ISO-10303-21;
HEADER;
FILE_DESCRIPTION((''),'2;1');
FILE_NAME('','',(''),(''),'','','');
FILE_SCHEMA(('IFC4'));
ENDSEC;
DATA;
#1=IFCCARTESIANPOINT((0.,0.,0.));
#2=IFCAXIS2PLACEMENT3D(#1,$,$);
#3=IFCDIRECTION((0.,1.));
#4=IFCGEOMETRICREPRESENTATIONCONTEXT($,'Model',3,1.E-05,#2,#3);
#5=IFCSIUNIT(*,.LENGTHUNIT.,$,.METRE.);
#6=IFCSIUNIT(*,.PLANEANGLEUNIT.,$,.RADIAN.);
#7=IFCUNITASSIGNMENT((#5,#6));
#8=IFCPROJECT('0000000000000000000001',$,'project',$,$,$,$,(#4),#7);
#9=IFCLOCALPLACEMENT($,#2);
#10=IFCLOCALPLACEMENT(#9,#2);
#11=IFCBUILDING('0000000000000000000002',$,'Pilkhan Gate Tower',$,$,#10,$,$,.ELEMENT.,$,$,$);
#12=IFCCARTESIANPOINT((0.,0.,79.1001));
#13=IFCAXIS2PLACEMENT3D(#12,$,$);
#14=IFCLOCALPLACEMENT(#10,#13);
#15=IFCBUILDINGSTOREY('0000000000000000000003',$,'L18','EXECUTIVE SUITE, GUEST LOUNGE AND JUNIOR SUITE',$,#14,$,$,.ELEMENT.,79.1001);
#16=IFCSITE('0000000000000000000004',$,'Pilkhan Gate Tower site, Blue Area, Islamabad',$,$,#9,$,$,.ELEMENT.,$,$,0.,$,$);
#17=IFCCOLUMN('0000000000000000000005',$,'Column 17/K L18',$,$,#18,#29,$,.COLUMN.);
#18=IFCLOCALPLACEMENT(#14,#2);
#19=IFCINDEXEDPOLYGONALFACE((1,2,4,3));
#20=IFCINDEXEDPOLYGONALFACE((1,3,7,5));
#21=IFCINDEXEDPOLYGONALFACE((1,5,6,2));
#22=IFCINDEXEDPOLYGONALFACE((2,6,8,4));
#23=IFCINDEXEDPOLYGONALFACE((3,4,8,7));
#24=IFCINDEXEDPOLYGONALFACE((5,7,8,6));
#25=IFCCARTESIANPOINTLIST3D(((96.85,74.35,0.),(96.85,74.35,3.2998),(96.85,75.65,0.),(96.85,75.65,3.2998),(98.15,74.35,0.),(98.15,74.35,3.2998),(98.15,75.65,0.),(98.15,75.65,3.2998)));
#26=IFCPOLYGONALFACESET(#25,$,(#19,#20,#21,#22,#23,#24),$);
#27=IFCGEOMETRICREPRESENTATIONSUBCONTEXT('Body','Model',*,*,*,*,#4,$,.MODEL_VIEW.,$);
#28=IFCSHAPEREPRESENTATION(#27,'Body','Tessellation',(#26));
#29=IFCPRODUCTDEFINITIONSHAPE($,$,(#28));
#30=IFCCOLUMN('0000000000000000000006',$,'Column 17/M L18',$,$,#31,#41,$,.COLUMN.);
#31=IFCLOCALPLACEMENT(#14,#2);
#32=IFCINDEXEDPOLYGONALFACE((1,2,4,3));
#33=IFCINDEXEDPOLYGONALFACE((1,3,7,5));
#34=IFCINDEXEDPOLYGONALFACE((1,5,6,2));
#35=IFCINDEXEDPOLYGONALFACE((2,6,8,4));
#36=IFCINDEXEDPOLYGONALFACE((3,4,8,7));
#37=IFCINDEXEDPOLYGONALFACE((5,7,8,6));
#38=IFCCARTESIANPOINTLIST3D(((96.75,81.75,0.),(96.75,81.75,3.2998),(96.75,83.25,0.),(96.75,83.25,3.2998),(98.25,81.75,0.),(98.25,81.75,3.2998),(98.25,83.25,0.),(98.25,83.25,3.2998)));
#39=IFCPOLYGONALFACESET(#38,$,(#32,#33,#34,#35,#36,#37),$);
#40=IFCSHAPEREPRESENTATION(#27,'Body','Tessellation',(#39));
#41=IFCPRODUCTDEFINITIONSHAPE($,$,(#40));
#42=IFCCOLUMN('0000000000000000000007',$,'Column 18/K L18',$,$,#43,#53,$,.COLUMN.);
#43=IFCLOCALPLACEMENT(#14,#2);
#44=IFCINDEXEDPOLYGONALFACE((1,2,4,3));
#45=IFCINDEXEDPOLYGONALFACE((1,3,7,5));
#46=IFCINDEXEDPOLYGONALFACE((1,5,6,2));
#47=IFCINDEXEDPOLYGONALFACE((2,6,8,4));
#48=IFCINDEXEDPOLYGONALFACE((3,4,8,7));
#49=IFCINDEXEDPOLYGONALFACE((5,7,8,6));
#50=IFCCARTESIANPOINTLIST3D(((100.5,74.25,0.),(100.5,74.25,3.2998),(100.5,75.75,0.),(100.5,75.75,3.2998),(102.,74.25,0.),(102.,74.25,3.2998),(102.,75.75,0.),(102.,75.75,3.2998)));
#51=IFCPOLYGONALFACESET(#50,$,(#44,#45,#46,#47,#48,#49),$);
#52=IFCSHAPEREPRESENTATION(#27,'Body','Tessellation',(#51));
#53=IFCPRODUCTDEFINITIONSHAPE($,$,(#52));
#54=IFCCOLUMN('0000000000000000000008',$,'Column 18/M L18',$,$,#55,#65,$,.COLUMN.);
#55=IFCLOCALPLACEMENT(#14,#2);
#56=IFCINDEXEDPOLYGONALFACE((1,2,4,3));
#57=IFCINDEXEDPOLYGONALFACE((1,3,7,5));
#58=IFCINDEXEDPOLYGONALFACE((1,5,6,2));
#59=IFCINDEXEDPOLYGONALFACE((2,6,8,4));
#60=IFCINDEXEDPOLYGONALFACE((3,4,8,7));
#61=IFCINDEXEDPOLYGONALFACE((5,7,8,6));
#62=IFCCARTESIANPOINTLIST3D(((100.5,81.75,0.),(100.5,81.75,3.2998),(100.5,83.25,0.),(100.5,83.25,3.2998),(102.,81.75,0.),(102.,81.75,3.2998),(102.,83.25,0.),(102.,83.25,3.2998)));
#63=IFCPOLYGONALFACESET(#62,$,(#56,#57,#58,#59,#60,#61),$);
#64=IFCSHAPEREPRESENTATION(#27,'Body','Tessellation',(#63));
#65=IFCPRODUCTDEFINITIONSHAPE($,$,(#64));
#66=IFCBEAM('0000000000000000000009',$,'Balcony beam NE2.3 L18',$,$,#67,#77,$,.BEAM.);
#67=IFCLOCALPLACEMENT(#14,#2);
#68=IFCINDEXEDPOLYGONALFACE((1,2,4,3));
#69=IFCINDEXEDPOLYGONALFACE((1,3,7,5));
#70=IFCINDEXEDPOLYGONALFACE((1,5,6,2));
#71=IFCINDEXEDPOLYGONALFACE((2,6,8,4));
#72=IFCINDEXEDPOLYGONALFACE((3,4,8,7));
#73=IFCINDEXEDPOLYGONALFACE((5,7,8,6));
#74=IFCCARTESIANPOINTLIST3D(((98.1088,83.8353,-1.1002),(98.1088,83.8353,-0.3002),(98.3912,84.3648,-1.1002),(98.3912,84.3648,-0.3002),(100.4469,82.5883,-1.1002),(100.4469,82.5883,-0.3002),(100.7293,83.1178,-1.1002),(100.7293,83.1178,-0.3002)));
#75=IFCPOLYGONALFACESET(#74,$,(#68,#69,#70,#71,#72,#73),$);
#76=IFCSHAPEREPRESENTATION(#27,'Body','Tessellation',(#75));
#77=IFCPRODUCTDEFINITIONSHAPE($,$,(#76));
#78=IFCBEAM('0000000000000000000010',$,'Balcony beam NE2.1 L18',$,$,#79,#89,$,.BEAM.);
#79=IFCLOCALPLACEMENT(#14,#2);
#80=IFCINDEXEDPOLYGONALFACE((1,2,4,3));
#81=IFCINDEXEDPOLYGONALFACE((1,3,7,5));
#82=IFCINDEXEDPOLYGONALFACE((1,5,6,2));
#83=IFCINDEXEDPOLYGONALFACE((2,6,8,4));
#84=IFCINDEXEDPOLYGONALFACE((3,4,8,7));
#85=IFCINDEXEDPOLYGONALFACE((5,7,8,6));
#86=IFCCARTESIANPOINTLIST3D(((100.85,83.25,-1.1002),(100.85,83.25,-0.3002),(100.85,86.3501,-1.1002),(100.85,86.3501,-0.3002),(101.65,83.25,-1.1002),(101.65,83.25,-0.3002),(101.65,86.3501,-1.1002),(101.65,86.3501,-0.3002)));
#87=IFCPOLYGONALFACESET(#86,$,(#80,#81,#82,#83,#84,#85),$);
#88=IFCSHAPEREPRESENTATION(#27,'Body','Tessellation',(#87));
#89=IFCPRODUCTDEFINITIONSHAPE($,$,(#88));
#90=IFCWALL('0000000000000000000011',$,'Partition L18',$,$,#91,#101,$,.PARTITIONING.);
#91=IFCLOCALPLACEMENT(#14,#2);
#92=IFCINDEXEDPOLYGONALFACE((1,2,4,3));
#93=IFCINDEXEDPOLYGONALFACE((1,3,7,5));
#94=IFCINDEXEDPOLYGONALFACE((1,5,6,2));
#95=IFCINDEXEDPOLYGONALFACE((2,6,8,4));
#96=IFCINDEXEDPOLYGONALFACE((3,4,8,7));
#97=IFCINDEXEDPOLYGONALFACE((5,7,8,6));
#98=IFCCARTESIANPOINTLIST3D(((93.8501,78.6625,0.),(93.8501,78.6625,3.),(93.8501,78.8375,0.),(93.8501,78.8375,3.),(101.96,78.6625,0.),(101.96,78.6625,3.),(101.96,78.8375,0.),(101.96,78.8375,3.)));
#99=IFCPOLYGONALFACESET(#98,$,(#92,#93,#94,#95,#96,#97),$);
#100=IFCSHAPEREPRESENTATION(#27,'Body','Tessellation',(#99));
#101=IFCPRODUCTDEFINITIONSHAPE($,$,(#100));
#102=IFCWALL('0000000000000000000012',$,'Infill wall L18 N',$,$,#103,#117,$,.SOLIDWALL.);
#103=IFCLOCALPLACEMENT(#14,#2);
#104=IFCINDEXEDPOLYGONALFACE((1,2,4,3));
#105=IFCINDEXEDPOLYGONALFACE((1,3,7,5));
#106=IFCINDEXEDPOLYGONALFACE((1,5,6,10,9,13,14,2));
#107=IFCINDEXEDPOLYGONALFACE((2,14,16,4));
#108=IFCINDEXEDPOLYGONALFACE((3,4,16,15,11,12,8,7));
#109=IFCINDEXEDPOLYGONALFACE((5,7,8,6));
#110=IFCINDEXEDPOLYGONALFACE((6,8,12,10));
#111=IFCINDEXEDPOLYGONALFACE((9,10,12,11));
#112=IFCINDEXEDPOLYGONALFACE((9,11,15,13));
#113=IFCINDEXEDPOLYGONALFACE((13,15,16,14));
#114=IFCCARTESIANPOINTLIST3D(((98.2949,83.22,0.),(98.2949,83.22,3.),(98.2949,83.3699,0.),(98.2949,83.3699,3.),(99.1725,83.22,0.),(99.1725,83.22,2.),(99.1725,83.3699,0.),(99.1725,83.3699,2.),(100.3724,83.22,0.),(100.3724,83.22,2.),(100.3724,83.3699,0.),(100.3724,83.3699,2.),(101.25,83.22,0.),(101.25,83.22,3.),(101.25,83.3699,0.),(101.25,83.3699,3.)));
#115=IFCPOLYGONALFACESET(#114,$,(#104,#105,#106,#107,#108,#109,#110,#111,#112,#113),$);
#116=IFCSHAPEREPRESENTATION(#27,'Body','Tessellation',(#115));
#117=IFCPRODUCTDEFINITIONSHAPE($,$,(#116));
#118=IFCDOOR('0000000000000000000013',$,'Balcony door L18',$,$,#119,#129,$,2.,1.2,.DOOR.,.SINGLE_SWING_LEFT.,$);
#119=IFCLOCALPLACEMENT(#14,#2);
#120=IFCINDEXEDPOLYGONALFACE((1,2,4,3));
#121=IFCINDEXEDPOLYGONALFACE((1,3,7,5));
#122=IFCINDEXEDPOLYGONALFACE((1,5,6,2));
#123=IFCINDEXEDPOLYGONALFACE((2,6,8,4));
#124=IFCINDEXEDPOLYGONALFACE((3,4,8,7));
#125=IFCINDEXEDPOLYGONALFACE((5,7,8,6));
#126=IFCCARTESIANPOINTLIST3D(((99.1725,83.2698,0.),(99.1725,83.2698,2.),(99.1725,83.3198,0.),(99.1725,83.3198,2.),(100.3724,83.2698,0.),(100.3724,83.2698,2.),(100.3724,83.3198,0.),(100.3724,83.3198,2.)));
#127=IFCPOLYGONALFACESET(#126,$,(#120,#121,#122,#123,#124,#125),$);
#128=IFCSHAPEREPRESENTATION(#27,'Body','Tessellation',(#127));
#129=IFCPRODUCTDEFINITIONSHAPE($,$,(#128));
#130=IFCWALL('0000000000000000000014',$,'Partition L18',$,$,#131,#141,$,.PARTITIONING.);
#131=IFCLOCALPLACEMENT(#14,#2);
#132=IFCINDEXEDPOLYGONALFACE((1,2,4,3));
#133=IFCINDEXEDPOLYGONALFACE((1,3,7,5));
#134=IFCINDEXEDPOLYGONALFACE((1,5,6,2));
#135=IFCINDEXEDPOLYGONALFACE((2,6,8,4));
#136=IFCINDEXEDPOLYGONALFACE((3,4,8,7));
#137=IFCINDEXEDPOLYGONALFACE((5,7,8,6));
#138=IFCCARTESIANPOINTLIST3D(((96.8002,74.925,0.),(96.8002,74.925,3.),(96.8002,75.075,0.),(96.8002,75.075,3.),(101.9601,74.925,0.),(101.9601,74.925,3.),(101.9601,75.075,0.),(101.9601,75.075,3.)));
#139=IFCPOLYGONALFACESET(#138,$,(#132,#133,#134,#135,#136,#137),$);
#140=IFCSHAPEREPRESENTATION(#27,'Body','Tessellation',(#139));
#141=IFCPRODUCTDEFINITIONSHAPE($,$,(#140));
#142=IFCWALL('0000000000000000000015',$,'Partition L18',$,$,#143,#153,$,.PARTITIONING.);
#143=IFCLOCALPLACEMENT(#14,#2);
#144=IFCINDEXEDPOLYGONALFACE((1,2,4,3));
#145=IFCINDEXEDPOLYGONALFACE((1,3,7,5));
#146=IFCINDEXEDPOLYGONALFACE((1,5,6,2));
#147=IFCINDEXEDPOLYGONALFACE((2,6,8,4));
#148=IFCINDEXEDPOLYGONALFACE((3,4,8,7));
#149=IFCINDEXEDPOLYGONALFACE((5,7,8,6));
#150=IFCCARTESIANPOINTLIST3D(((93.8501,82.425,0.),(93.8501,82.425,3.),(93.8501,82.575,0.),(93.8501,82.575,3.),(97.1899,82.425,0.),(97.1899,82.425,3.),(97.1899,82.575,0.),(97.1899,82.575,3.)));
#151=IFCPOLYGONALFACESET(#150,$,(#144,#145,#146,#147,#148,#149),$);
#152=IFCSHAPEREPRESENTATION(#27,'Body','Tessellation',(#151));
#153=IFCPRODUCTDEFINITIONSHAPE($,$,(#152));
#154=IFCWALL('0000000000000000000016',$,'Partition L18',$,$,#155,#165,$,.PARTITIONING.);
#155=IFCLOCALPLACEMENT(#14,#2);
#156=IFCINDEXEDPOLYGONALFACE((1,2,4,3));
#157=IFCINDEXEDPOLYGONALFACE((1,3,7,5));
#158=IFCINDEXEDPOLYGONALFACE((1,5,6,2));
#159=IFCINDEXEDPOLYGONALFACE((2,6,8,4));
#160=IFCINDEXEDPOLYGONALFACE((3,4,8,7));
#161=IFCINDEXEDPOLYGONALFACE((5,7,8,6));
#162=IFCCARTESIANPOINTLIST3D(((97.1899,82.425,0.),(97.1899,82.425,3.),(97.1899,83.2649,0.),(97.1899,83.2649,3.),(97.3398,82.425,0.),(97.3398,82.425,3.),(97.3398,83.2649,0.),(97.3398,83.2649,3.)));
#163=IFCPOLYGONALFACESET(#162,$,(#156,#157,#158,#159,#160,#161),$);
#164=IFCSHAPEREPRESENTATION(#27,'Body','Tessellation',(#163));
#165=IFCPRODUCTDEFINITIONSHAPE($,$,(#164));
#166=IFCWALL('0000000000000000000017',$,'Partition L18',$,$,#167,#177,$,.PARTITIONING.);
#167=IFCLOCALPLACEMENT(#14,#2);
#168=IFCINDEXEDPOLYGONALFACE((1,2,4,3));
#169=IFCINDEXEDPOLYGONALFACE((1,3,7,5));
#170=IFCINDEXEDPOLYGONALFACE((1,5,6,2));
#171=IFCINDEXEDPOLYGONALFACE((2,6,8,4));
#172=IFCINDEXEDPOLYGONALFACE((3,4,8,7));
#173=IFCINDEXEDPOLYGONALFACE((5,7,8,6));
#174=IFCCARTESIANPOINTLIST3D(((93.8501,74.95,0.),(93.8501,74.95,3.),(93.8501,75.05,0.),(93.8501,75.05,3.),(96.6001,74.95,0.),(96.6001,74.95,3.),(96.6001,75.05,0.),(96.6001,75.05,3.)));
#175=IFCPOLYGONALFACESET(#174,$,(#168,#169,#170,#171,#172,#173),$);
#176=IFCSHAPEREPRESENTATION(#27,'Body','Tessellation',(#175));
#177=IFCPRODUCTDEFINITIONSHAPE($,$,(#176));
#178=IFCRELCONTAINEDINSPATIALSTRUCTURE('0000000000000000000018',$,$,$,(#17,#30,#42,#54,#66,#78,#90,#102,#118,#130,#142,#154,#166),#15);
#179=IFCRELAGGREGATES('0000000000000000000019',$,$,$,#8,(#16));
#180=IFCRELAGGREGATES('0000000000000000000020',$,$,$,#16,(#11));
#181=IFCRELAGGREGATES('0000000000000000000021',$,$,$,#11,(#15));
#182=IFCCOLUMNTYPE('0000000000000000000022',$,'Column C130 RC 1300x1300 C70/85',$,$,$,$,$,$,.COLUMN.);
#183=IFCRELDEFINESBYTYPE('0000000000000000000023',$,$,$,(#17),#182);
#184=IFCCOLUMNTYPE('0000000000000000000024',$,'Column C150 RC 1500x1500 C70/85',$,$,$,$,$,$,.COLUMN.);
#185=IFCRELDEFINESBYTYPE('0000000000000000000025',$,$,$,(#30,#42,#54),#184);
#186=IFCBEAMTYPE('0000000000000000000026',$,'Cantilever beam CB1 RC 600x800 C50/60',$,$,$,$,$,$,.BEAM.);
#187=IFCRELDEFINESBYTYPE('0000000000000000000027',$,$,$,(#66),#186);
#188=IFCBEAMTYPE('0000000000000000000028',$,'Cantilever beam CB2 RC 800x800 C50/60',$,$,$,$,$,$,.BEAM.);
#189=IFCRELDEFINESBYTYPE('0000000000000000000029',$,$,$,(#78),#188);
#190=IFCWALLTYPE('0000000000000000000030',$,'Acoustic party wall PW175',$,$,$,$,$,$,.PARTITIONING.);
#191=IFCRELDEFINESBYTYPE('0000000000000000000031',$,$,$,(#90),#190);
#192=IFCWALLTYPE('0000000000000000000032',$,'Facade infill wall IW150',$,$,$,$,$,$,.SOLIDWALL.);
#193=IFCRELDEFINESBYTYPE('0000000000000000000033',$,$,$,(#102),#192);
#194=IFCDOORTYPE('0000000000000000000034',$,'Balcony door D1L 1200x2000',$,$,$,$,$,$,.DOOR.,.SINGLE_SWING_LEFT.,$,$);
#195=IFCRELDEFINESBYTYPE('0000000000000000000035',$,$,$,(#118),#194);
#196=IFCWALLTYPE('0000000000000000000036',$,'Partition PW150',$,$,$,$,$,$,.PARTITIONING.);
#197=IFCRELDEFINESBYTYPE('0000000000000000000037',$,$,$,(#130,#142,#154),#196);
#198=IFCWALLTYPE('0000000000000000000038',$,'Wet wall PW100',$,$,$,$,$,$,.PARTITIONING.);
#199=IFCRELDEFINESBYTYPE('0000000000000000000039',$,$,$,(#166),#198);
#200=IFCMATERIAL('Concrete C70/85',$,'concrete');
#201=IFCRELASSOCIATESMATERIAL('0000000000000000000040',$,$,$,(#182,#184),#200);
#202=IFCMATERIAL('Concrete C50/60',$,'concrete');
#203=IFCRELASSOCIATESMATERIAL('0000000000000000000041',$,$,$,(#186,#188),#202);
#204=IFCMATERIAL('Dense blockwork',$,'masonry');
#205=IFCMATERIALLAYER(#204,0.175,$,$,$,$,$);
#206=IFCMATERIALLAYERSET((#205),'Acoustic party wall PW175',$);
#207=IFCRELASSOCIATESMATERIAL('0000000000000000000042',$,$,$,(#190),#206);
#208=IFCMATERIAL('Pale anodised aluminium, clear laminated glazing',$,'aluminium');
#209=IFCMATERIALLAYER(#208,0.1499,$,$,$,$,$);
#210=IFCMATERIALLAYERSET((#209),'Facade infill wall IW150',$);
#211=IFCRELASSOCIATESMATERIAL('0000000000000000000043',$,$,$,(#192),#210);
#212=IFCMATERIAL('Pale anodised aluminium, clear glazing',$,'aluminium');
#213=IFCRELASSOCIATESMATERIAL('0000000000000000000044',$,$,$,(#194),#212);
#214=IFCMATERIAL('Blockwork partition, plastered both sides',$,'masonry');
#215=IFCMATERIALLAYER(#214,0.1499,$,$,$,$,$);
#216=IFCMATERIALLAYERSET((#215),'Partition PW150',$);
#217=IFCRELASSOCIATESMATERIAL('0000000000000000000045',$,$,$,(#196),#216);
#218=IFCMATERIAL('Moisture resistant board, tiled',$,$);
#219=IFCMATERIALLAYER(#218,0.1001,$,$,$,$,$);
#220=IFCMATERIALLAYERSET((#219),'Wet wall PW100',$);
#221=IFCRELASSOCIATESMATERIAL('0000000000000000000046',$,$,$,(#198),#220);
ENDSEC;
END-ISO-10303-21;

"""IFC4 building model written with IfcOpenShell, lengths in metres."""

from ifc_helpers import new_model, si_unit, direction, frame, frame_2d, origin, origin_2d, place, context, subcontext, project, spatial, rectangle, extrude, material, layer, layer_set, material_profile, profile_set, type_object, element, fill, save


model = new_model("IFC4")

# Units and contexts
model_context = context("Model", 3, precision=1e-05, world=origin(), true_north=direction((0.0, 1.0)))
body_context = subcontext(model_context, "Body", "Model", "MODEL_VIEW")
ifc_project = project(units=[si_unit("LENGTHUNIT", "METRE"), si_unit("PLANEANGLEUNIT", "RADIAN")], contexts=[model_context])

# Site, building, storey
site_placement = place(None, origin())
site = spatial("IfcSite", under=ifc_project, at=site_placement, Name="Pilkhan Gate Tower site, Blue Area, Islamabad", CompositionType="ELEMENT", RefElevation=0.0)
building_placement = place(site_placement, origin())
building = spatial("IfcBuilding", under=site, at=building_placement, Name="Pilkhan Gate Tower", CompositionType="ELEMENT")
storey_placement = place(building_placement, frame((0.0, 0.0, 79.1001)))
storey = spatial("IfcBuildingStorey", under=building, at=storey_placement, Name="L18", Description="EXECUTIVE SUITE, GUEST LOUNGE AND JUNIOR SUITE", CompositionType="ELEMENT", Elevation=79.1001)

# Columns
ifc_material_1 = material(Name="Concrete C70/85", Category="concrete")
ifc_material_profile_1 = material_profile(ifc_material_1, rectangle(XDim=1.3, YDim=1.3, at=origin_2d()), Name="RC 1300x1300")
ifc_profile_set_1 = profile_set([ifc_material_profile_1], Name="Concrete C70/85")
column_type_1 = type_object("IfcColumnType", Name="Column C130 RC 1300x1300 C70/85", PredefinedType="COLUMN", material=ifc_profile_set_1)
column_placement = place(storey_placement, frame((97.5, 75.0, 0.0), z_axis=(0.0, 0.0, 1.0), x_axis=(1.0, 0.0, 0.0)))
element("IfcColumn", 1, at=column_placement, inside=storey, type_object=column_type_1, Name="Column 17/K L18", PredefinedType="COLUMN", context=body_context, shape_type="SweptSolid", body=[
    extrude(rectangle(XDim=1.3, YDim=1.3, at=origin_2d()), origin(), (0.0, 0.0, 1.0), 3.2998),
])
ifc_material_profile_2 = material_profile(ifc_material_1, rectangle(XDim=1.5, YDim=1.5, at=origin_2d()), Name="RC 1500x1500")
ifc_profile_set_2 = profile_set([ifc_material_profile_2], Name="Concrete C70/85")
column_type_2 = type_object("IfcColumnType", Name="Column C150 RC 1500x1500 C70/85", PredefinedType="COLUMN", material=ifc_profile_set_2)
for number, where, z_axis, x_axis, name in (
    (2, (97.5, 82.5, 0.0), (0.0, 0.0, 1.0), (1.0, 0.0, 0.0), "Column 17/M L18"),
    (3, (101.25, 75.0, 0.0), (0.0, 0.0, 1.0), (1.0, 0.0, 0.0), "Column 18/K L18"),
    (4, (101.25, 82.5, 0.0), (0.0, 0.0, 1.0), (1.0, 0.0, 0.0), "Column 18/M L18"),
):
    element("IfcColumn", number, at=place(storey_placement, frame(where, z_axis=z_axis, x_axis=x_axis)), inside=storey, type_object=column_type_2, Name=name, PredefinedType="COLUMN", context=body_context, shape_type="SweptSolid", body=[
        extrude(rectangle(XDim=1.5, YDim=1.5, at=origin_2d()), origin(), (0.0, 0.0, 1.0), 3.2998),
    ])

# Beams
ifc_material_2 = material(Name="Concrete C50/60", Category="concrete")
ifc_material_profile_3 = material_profile(ifc_material_2, rectangle(XDim=0.6001, YDim=0.8, at=origin_2d()), Name="RC 600x800")
ifc_profile_set_3 = profile_set([ifc_material_profile_3], Name="Concrete C50/60")
beam_type_1 = type_object("IfcBeamType", Name="Cantilever beam CB1 RC 600x800 C50/60", PredefinedType="BEAM", material=ifc_profile_set_3)
beam_1_placement = place(storey_placement, frame((100.5881, 82.853, -0.7002), z_axis=(-0.882343, 0.470607, 0.0), x_axis=(-0.470607, -0.882343, 0.0)))
element("IfcBeam", 5, at=beam_1_placement, inside=storey, type_object=beam_type_1, Name="Balcony beam NE2.3 L18", PredefinedType="BEAM", context=body_context, shape_type="SweptSolid", body=[
    extrude(rectangle(XDim=0.6001, YDim=0.8, at=origin_2d()), origin(), (0.0, 0.0, 1.0), 2.6499),
])
ifc_material_profile_4 = material_profile(ifc_material_2, rectangle(XDim=0.8, YDim=0.8, at=origin_2d()), Name="RC 800x800")
ifc_profile_set_4 = profile_set([ifc_material_profile_4], Name="Concrete C50/60")
beam_type_2 = type_object("IfcBeamType", Name="Cantilever beam CB2 RC 800x800 C50/60", PredefinedType="BEAM", material=ifc_profile_set_4)
beam_2_placement = place(storey_placement, frame((101.25, 83.25, -0.7002), z_axis=(0.0, 1.0, 0.0), x_axis=(-1.0, 0.0, 0.0)))
element("IfcBeam", 6, at=beam_2_placement, inside=storey, type_object=beam_type_2, Name="Balcony beam NE2.1 L18", PredefinedType="BEAM", context=body_context, shape_type="SweptSolid", body=[
    extrude(rectangle(XDim=0.8, YDim=0.8, at=origin_2d()), origin(), (0.0, 0.0, 1.0), 3.1001),
])

# Wall
ifc_material_3 = material(Name="Dense blockwork", Category="masonry")
ifc_layer_1 = layer(ifc_material_3, 0.175)
ifc_layer_set_1 = layer_set([ifc_layer_1], Name="Acoustic party wall PW175")
wall_type_1 = type_object("IfcWallType", Name="Acoustic party wall PW175", PredefinedType="PARTITIONING", material=ifc_layer_set_1)
wall_1_placement = place(storey_placement, frame((93.8501, 78.75, 0.0), z_axis=(0.0, 0.0, 1.0), x_axis=(1.0, 0.0, 0.0)))
element("IfcWall", 7, at=wall_1_placement, inside=storey, type_object=wall_type_1, Name="Partition L18", PredefinedType="PARTITIONING", context=body_context, shape_type="SweptSolid", body=[
    extrude(rectangle(XDim=8.1099, YDim=0.175, at=frame_2d((4.0549, 0.0))), origin(), (0.0, 0.0, 1.0), 3.0),
])

# Wall, opening, door
ifc_material_4 = material(Name="Pale anodised aluminium, clear laminated glazing", Category="aluminium")
ifc_layer_2 = layer(ifc_material_4, 0.1499)
ifc_layer_set_2 = layer_set([ifc_layer_2], Name="Facade infill wall IW150")
wall_type_2 = type_object("IfcWallType", Name="Facade infill wall IW150", PredefinedType="SOLIDWALL", material=ifc_layer_set_2)
wall_2_placement = place(storey_placement, frame((98.2949, 83.2949, 0.0), z_axis=(0.0, 0.0, 1.0), x_axis=(1.0, 0.0, 0.0)))
wall_2 = element("IfcWall", 8, at=wall_2_placement, inside=storey, type_object=wall_type_2, Name="Infill wall L18 N", PredefinedType="SOLIDWALL", context=body_context, shape_type="SweptSolid", body=[
    extrude(rectangle(XDim=2.9551, YDim=0.1499, at=frame_2d((1.4775, 0.0))), origin(), (0.0, 0.0, 1.0), 3.0),
])
opening_1_placement = place(wall_2_placement, frame((0.8774, 0.0, 0.0)))
opening_1 = element("IfcOpeningElement", 9, at=opening_1_placement, cuts=wall_2, PredefinedType="OPENING", context=body_context, shape_type="SweptSolid", body=[
    extrude(rectangle(XDim=1.2, YDim=2.0, at=frame_2d((0.6001, 1.0))), frame((0.0, 0.085, 0.0), z_axis=(0.0, -1.0, 0.0), x_axis=(1.0, 0.0, 0.0)), (0.0, 0.0, 1.0), 0.1699),
])
ifc_material_5 = material(Name="Pale anodised aluminium, clear glazing", Category="aluminium")
door_type_1 = type_object("IfcDoorType", Name="Balcony door D1L 1200x2000", OperationType="SINGLE_SWING_LEFT", PredefinedType="DOOR", material=ifc_material_5)
door_1_placement = place(opening_1_placement, origin())
door_1 = element("IfcDoor", 10, at=door_1_placement, inside=storey, type_object=door_type_1, Name="Balcony door L18", OperationType="SINGLE_SWING_LEFT", OverallHeight=2.0, OverallWidth=1.2, PredefinedType="DOOR", context=body_context, shape_type="SweptSolid", body=[
    extrude(rectangle(XDim=1.2, YDim=2.0, at=frame_2d((0.6001, 1.0))), frame((0.0, 0.0249, 0.0), z_axis=(0.0, -1.0, 0.0), x_axis=(1.0, 0.0, 0.0)), (0.0, 0.0, 1.0), 0.05),
])
fill(opening_1, door_1)

# Walls
ifc_material_6 = material(Name="Blockwork partition, plastered both sides", Category="masonry")
ifc_layer_3 = layer(ifc_material_6, 0.1499)
ifc_layer_set_3 = layer_set([ifc_layer_3], Name="Partition PW150")
wall_type_3 = type_object("IfcWallType", Name="Partition PW150", PredefinedType="PARTITIONING", material=ifc_layer_set_3)
wall_3_placement = place(storey_placement, frame((96.8, 75.0, 0.0), z_axis=(0.0, 0.0, 1.0), x_axis=(1.0, 0.0, 0.0)))
element("IfcWall", 11, at=wall_3_placement, inside=storey, type_object=wall_type_3, Name="Partition L18", PredefinedType="PARTITIONING", context=body_context, shape_type="SweptSolid", body=[
    extrude(rectangle(XDim=5.1599, YDim=0.1499, at=frame_2d((2.5801, 0.0))), origin(), (0.0, 0.0, 1.0), 3.0),
])
wall_4_placement = place(storey_placement, frame((93.8501, 82.5, 0.0), z_axis=(0.0, 0.0, 1.0), x_axis=(1.0, 0.0, 0.0)))
element("IfcWall", 12, at=wall_4_placement, inside=storey, type_object=wall_type_3, Name="Partition L18", PredefinedType="PARTITIONING", context=body_context, shape_type="SweptSolid", body=[
    extrude(rectangle(XDim=3.3398, YDim=0.1499, at=frame_2d((1.6699, 0.0))), origin(), (0.0, 0.0, 1.0), 3.0),
])
wall_5_placement = place(storey_placement, frame((97.2649, 82.425, 0.0), z_axis=(0.0, 0.0, 1.0), x_axis=(0.0, 1.0, 0.0)))
element("IfcWall", 13, at=wall_5_placement, inside=storey, type_object=wall_type_3, Name="Partition L18", PredefinedType="PARTITIONING", context=body_context, shape_type="SweptSolid", body=[
    extrude(rectangle(XDim=0.8398, YDim=0.1499, at=frame_2d((0.4199, 0.0))), origin(), (0.0, 0.0, 1.0), 3.0),
])
ifc_material_7 = material(Name="Moisture resistant board, tiled")
ifc_layer_4 = layer(ifc_material_7, 0.1001)
ifc_layer_set_4 = layer_set([ifc_layer_4], Name="Wet wall PW100")
wall_type_4 = type_object("IfcWallType", Name="Wet wall PW100", PredefinedType="PARTITIONING", material=ifc_layer_set_4)
wall_6_placement = place(storey_placement, frame((93.8501, 75.0, 0.0), z_axis=(0.0, 0.0, 1.0), x_axis=(1.0, 0.0, 0.0)))
element("IfcWall", 14, at=wall_6_placement, inside=storey, type_object=wall_type_4, Name="Partition L18", PredefinedType="PARTITIONING", context=body_context, shape_type="SweptSolid", body=[
    extrude(rectangle(XDim=2.75, YDim=0.1001, at=frame_2d((1.375, 0.0))), origin(), (0.0, 0.0, 1.0), 3.0),
])

save(model, "model.ifc")
